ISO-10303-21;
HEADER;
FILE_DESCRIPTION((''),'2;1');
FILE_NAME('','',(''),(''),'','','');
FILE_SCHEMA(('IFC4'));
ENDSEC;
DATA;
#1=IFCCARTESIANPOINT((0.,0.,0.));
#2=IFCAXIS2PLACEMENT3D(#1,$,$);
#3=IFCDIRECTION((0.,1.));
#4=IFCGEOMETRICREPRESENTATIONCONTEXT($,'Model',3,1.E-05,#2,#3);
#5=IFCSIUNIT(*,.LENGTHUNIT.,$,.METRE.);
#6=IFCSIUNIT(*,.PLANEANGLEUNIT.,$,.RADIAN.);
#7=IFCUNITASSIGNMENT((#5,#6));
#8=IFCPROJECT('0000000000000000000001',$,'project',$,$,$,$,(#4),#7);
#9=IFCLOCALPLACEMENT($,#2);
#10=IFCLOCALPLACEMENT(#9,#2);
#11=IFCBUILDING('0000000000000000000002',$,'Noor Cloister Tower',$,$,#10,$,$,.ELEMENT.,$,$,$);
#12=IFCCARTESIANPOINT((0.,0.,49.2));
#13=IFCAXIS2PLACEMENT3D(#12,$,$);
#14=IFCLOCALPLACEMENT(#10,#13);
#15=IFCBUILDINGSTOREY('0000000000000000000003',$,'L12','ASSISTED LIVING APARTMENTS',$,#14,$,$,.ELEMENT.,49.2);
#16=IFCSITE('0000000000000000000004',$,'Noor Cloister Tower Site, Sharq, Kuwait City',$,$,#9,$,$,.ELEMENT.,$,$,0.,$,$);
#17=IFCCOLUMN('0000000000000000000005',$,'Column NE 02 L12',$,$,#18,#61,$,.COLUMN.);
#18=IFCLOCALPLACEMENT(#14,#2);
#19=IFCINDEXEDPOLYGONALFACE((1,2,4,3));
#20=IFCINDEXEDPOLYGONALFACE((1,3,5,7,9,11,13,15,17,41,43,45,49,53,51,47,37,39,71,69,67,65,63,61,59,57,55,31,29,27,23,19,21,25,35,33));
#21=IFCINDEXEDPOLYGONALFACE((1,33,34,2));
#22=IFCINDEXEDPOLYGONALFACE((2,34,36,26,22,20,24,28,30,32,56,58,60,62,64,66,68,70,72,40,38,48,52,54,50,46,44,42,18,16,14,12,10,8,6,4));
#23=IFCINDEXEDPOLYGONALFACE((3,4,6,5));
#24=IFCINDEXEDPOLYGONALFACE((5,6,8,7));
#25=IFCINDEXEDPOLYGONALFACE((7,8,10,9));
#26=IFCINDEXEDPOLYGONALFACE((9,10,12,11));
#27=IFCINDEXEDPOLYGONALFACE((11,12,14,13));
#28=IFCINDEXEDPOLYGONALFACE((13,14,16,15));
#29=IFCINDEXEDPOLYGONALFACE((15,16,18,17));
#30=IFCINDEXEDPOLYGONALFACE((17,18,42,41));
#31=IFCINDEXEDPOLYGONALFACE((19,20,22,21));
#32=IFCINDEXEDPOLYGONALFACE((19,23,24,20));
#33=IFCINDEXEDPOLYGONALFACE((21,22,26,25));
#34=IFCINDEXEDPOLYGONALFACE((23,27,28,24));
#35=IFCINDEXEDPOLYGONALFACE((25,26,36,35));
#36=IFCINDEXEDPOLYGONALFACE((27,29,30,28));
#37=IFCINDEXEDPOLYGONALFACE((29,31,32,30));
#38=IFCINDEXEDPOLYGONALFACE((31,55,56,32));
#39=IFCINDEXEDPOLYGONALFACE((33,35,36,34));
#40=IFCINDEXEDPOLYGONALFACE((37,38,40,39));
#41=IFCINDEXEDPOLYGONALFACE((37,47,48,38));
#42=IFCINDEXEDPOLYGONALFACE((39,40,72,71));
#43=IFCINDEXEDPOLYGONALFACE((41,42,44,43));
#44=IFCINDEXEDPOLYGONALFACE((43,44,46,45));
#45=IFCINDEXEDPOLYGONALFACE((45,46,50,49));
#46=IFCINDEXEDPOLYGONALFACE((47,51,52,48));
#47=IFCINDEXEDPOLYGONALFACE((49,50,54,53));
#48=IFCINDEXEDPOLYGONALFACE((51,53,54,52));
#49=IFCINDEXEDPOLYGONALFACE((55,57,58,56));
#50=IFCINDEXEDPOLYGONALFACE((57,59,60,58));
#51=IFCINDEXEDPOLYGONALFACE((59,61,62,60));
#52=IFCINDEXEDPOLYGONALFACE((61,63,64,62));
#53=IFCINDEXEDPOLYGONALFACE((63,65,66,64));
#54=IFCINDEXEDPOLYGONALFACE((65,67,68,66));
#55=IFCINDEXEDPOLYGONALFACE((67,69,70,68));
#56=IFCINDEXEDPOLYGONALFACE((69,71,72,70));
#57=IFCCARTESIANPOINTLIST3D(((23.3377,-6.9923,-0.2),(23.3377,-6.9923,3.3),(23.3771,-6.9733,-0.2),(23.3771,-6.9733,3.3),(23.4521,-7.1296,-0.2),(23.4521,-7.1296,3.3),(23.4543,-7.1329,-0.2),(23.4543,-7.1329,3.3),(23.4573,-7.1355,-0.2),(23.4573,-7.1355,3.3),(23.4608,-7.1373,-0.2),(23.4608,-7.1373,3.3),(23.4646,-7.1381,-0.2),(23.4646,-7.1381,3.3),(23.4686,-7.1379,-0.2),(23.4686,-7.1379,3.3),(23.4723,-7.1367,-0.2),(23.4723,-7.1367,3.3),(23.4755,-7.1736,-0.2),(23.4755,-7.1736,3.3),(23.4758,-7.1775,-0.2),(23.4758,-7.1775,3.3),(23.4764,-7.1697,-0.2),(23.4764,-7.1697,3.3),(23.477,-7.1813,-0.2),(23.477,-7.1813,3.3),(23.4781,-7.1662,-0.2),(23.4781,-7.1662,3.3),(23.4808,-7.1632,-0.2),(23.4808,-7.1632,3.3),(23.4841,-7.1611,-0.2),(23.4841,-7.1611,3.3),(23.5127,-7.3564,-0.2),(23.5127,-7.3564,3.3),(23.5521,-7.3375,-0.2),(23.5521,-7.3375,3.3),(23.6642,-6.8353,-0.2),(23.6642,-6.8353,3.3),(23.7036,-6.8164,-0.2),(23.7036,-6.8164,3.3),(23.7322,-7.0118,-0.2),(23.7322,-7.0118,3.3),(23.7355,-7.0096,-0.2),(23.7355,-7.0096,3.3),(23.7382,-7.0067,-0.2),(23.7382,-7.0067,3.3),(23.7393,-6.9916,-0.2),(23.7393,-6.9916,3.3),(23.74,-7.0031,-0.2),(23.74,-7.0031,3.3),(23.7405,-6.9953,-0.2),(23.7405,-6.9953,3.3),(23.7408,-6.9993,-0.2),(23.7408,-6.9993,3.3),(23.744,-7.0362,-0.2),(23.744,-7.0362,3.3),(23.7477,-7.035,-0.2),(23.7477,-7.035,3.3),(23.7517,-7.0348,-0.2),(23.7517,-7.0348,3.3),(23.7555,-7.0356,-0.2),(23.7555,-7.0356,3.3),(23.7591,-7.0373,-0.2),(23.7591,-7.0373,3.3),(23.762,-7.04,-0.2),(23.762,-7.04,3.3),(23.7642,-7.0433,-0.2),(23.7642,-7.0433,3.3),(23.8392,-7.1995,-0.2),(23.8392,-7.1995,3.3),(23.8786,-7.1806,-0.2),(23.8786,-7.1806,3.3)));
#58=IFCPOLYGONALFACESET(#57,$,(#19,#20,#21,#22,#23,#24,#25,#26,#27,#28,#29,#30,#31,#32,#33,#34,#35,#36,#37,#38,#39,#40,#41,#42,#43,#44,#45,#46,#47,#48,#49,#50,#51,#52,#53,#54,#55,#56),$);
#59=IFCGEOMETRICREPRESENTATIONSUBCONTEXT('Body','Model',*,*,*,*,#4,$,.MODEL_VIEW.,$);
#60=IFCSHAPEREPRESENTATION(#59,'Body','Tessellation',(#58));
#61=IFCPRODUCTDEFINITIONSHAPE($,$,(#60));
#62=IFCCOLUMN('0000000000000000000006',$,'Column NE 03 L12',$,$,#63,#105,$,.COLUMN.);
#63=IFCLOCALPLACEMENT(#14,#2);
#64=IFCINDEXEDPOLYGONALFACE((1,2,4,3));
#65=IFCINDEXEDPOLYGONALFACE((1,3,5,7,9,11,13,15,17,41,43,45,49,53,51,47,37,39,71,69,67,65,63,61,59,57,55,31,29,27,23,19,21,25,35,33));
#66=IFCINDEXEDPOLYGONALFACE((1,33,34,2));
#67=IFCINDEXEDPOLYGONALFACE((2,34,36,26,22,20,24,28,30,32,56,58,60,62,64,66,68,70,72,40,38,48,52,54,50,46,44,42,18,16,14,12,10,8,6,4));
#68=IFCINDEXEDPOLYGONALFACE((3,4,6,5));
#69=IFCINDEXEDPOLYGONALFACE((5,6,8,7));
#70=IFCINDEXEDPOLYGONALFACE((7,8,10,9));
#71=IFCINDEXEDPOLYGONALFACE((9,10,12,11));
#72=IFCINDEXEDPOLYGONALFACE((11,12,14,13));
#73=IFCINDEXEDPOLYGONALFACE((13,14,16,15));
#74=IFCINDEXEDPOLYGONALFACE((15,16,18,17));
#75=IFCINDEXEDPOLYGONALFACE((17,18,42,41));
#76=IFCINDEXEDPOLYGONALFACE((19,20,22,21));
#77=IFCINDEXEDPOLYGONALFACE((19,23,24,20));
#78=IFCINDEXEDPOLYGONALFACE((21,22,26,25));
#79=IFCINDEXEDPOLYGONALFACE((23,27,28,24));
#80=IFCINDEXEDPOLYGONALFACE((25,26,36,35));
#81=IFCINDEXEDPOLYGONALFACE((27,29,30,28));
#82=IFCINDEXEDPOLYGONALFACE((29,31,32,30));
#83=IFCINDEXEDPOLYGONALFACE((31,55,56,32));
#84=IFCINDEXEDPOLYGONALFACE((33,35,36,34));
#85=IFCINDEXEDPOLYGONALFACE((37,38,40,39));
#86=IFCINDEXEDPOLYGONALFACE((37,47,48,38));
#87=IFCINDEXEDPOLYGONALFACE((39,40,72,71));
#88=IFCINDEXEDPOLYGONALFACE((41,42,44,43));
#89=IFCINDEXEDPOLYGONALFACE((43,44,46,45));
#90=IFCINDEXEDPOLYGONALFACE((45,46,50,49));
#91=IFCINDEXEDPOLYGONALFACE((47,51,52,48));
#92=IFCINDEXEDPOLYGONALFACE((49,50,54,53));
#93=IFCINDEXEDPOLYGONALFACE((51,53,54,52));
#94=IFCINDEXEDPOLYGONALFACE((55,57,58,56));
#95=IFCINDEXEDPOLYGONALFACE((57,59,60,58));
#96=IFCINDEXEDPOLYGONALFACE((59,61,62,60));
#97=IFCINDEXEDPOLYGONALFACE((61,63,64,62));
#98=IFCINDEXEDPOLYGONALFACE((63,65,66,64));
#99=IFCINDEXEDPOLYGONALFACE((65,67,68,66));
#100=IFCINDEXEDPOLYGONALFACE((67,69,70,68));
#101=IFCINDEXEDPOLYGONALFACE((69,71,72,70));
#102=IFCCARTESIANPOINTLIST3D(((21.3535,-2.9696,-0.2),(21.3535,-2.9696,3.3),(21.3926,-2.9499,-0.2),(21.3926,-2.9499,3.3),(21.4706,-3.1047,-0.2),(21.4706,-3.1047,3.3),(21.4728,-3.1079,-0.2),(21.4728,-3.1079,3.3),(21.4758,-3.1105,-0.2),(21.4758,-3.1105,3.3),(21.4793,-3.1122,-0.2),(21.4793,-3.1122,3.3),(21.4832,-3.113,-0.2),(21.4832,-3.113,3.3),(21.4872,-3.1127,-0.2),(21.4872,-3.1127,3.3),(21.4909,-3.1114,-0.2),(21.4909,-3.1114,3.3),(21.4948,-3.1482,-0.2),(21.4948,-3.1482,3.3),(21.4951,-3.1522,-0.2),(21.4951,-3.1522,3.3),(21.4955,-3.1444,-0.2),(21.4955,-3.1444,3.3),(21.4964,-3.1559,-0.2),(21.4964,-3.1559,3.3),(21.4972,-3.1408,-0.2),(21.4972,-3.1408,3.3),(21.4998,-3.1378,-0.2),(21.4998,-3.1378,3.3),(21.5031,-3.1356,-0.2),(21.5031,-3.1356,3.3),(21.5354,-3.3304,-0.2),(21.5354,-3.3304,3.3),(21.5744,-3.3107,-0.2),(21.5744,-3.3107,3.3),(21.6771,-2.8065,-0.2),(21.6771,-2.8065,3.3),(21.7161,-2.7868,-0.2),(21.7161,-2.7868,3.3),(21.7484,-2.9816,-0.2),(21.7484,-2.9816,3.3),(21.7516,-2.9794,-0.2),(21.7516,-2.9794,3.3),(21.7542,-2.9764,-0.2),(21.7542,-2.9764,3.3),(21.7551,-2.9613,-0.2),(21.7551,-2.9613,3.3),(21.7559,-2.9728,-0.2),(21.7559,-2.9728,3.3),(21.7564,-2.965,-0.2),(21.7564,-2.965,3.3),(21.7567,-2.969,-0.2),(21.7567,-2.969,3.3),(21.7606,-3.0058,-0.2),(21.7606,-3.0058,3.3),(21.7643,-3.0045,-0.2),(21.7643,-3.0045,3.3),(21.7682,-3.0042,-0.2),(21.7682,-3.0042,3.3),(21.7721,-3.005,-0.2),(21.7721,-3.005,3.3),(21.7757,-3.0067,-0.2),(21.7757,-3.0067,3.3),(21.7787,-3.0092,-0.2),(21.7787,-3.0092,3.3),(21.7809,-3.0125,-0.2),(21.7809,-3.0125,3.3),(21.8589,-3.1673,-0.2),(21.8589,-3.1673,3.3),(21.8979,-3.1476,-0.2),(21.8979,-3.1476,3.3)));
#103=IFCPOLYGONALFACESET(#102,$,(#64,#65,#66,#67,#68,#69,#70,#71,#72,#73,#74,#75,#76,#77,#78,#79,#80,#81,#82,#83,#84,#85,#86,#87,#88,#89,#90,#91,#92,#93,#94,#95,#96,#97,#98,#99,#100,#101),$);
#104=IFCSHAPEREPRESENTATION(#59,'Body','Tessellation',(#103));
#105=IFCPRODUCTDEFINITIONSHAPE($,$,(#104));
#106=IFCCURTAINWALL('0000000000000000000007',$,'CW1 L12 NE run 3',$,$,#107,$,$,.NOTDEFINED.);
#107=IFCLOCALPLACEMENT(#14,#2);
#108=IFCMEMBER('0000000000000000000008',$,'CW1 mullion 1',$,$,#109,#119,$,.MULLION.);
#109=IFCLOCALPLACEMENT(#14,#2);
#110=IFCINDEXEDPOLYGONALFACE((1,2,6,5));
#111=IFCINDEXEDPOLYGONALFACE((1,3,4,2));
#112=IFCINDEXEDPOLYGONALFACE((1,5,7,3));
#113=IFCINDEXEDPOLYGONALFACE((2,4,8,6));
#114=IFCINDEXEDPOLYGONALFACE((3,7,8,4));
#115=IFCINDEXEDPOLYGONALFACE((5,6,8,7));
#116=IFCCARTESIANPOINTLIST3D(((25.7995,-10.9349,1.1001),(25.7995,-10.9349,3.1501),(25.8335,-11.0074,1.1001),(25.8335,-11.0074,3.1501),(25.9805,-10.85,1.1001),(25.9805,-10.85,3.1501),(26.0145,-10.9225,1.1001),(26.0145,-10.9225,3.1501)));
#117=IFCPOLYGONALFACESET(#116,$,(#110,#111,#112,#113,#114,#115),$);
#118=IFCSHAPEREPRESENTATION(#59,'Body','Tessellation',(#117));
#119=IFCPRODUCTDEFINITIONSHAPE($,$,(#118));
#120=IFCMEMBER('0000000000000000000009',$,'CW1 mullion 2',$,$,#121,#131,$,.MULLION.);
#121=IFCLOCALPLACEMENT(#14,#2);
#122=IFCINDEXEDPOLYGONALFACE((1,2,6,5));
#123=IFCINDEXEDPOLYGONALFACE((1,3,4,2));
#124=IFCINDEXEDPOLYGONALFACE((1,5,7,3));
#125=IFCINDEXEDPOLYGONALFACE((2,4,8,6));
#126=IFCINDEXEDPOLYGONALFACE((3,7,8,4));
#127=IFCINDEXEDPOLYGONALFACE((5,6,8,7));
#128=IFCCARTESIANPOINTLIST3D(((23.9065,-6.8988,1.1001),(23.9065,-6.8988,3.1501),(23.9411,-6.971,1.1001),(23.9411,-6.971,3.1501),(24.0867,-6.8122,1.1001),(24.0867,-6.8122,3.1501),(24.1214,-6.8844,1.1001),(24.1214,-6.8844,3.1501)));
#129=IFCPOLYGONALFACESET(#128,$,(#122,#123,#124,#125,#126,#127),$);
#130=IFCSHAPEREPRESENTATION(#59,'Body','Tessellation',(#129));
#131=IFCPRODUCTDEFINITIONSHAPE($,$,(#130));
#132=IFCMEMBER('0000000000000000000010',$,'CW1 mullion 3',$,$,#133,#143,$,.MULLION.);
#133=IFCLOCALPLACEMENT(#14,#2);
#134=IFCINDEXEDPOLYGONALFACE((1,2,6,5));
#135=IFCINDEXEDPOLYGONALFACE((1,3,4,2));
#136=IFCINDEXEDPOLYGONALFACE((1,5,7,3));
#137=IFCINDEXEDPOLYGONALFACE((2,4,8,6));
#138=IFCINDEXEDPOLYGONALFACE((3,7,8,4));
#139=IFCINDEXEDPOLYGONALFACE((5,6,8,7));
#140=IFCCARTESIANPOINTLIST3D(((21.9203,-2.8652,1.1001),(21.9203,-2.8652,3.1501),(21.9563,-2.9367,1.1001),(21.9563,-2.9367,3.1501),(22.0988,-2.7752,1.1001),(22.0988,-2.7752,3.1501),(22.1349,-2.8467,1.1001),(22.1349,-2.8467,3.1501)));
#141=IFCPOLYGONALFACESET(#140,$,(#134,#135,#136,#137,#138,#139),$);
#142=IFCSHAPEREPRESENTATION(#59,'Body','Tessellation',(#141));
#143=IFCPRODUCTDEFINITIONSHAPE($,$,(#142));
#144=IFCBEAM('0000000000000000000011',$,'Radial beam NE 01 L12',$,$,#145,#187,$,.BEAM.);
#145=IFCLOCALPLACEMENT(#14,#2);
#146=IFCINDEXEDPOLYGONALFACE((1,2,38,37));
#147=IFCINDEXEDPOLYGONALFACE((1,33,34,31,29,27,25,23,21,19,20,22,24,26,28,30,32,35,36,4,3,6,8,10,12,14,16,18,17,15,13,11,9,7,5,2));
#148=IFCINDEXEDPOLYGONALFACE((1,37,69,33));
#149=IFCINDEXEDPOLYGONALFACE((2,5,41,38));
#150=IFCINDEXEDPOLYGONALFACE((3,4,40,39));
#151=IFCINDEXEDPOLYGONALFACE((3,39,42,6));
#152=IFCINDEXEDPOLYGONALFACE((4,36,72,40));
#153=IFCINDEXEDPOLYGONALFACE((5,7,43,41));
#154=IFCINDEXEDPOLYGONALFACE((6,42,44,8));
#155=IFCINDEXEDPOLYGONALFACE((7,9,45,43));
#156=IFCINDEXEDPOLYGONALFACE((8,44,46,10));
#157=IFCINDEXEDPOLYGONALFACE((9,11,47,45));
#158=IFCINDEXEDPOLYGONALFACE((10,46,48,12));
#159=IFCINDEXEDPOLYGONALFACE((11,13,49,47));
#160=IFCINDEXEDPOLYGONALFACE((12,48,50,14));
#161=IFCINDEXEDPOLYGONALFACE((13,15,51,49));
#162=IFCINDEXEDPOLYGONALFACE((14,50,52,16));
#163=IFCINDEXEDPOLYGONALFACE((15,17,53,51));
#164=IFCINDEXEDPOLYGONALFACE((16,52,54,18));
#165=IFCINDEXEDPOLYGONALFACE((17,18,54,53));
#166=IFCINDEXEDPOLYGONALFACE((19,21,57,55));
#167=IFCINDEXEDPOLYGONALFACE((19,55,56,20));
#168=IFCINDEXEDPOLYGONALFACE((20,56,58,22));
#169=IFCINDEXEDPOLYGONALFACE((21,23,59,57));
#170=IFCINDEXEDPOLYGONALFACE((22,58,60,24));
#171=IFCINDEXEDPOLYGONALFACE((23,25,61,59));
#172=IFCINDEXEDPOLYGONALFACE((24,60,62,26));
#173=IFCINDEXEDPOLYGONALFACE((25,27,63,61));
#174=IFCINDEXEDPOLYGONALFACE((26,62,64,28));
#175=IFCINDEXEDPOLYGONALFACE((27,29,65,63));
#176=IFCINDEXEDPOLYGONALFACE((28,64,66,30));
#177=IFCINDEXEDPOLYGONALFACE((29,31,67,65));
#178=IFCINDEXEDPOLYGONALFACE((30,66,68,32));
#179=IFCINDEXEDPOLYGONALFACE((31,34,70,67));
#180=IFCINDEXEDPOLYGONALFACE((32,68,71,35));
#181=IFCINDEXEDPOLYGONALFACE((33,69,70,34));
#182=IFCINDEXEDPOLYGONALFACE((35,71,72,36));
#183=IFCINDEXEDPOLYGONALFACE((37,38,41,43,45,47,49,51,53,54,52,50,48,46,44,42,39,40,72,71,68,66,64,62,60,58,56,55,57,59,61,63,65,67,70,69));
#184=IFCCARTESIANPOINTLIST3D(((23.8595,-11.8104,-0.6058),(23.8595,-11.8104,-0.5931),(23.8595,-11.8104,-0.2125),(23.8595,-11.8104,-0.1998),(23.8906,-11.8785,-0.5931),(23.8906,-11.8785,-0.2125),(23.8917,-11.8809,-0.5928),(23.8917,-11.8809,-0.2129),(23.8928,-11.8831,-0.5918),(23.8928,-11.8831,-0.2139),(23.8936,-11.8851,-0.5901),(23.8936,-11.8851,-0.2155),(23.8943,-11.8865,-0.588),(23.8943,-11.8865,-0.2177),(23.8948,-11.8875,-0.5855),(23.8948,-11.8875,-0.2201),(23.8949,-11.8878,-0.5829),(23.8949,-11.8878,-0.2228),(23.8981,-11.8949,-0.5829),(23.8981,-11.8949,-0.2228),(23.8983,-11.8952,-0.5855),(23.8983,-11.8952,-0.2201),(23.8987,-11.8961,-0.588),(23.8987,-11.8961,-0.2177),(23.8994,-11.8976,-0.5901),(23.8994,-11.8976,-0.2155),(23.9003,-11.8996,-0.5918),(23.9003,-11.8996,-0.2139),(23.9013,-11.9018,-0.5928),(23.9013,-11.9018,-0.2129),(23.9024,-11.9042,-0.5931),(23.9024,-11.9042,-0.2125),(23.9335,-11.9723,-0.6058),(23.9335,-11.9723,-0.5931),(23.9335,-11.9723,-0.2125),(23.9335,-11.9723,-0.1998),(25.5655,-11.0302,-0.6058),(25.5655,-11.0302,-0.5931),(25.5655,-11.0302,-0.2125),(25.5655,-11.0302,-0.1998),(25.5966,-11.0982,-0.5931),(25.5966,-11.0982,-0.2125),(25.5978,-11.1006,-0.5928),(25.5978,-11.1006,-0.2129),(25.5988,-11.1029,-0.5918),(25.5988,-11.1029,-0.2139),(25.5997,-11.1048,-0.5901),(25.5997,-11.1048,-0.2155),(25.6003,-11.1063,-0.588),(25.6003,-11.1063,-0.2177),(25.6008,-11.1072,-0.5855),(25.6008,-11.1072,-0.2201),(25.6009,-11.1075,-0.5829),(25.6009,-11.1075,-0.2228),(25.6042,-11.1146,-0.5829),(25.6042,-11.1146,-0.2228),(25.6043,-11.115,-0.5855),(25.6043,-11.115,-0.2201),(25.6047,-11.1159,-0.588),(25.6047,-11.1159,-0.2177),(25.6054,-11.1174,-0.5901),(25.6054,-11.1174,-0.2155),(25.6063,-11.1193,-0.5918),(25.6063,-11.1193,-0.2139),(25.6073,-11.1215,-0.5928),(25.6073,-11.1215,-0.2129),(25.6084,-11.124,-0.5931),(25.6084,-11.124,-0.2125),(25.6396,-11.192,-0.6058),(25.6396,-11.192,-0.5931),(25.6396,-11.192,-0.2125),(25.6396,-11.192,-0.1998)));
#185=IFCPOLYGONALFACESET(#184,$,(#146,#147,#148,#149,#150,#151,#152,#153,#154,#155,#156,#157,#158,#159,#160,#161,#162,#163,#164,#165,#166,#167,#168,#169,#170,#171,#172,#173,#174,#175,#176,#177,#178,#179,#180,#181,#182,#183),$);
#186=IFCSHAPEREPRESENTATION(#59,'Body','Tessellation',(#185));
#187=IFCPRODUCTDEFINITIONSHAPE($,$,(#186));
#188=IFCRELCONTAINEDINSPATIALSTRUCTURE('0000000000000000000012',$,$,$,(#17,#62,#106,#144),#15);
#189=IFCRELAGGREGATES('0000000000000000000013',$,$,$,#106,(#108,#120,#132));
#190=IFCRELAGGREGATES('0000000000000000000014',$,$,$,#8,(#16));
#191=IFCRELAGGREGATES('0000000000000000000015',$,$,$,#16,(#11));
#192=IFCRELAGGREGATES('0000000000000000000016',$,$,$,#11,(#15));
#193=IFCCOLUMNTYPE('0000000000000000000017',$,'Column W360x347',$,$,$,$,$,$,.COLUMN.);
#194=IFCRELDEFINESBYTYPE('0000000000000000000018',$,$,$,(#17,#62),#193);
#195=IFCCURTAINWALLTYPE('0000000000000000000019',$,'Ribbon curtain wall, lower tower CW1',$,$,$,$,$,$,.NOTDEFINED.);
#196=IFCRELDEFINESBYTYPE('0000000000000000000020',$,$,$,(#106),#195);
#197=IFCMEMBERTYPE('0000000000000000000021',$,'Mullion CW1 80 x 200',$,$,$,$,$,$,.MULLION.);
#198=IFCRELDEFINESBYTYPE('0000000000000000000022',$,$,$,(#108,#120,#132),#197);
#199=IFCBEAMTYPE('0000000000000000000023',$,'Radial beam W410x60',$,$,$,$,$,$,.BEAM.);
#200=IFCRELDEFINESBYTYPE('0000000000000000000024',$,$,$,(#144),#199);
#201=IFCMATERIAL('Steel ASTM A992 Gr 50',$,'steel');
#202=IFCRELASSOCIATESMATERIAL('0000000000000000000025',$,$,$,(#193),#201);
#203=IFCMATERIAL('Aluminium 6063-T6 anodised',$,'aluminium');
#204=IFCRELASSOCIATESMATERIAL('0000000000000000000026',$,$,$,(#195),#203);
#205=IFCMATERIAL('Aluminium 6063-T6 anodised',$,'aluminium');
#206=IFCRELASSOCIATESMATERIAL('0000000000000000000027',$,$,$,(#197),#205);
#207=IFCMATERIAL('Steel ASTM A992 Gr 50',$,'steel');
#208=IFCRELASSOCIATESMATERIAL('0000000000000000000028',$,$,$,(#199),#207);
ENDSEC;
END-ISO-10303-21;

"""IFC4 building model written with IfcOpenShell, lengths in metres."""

from ifc_helpers import new_model, si_unit, direction, frame, origin, origin_2d, place, context, subcontext, project, spatial, rectangle, i_section, extrude, material, material_profile, profile_set, type_object, element, aggregate, save


model = new_model("IFC4")

# Units and contexts
model_context = context("Model", 3, precision=1e-05, world=origin(), true_north=direction((0.0, 1.0)))
body_context = subcontext(model_context, "Body", "Model", "MODEL_VIEW")
ifc_project = project(units=[si_unit("LENGTHUNIT", "METRE"), si_unit("PLANEANGLEUNIT", "RADIAN")], contexts=[model_context])

# Site, building, storey
site_placement = place(None, origin())
site = spatial("IfcSite", under=ifc_project, at=site_placement, Name="Noor Cloister Tower Site, Sharq, Kuwait City", CompositionType="ELEMENT", RefElevation=0.0)
building_placement = place(site_placement, origin())
building = spatial("IfcBuilding", under=site, at=building_placement, Name="Noor Cloister Tower", CompositionType="ELEMENT")
storey_placement = place(building_placement, frame((0.0, 0.0, 49.2)))
storey = spatial("IfcBuildingStorey", under=building, at=storey_placement, Name="L12", Description="ASSISTED LIVING APARTMENTS", CompositionType="ELEMENT", Elevation=49.2)

# Columns
ifc_material_1 = material(Name="Steel ASTM A992 Gr 50", Category="steel")
ifc_material_profile_1 = material_profile(ifc_material_1, i_section(OverallWidth=0.4041, OverallDepth=0.406, WebThickness=0.0271, FlangeThickness=0.0437, FilletRadius=0.0151, at=origin_2d()), Name="W360x347")
ifc_profile_set_1 = profile_set([ifc_material_profile_1], Name="Steel ASTM A992 Gr 50")
column_type = type_object("IfcColumnType", Name="Column W360x347", PredefinedType="COLUMN", material=ifc_profile_set_1)
for number, where, z_axis, x_axis, name in (
    (1, (23.6082, -7.0864, -0.2), (0.0, 0.0, 1.0), (-0.433105, 0.901343, 0.0), "Column NE 02 L12"),
    (2, (21.6257, -3.0586, -0.2), (0.0, 0.0, 1.0), (-0.450077, 0.89299, 0.0), "Column NE 03 L12"),
):
    element("IfcColumn", number, at=place(storey_placement, frame(where, z_axis=z_axis, x_axis=x_axis)), inside=storey, type_object=column_type, Name=name, PredefinedType="COLUMN", context=body_context, shape_type="SweptSolid", body=[
        extrude(i_section(OverallWidth=0.4041, OverallDepth=0.406, WebThickness=0.0271, FlangeThickness=0.0437, FilletRadius=0.0151, at=origin_2d()), origin(), (0.0, 0.0, 1.0), 3.5),
    ])

# Curtain wall, members
ifc_material_2 = material(Name="Aluminium 6063-T6 anodised", Category="aluminium")
curtain_wall_type = type_object("IfcCurtainWallType", Name="Ribbon curtain wall, lower tower CW1", PredefinedType="NOTDEFINED", material=ifc_material_2)
curtain_wall_placement = place(storey_placement, origin())
curtain_wall = element("IfcCurtainWall", 3, at=curtain_wall_placement, inside=storey, type_object=curtain_wall_type, Name="CW1 L12 NE run 3", PredefinedType="NOTDEFINED")
ifc_material_3 = material(Name="Aluminium 6063-T6 anodised", Category="aluminium")
ifc_material_profile_2 = material_profile(ifc_material_3, rectangle(XDim=0.2, YDim=0.0801, at=origin_2d()), Name="200 x 80 mullion")
ifc_profile_set_2 = profile_set([ifc_material_profile_2], Name="Aluminium 6063-T6 anodised")
member_type = type_object("IfcMemberType", Name="Mullion CW1 80 x 200", PredefinedType="MULLION", material=ifc_profile_set_2)
member_1_placement = place(storey_placement, frame((25.907, -10.9287, 1.1001), z_axis=(0.0, 0.0, 1.0), x_axis=(-0.905399, -0.424561, 0.0)))
member_1 = element("IfcMember", 4, at=member_1_placement, type_object=member_type, Name="CW1 mullion 1", PredefinedType="MULLION", context=body_context, shape_type="SweptSolid", body=[
    extrude(rectangle(XDim=0.2, YDim=0.0801, at=origin_2d()), origin(), (0.0, 0.0, 1.0), 2.05),
])
member_2_placement = place(storey_placement, frame((24.0139, -6.8916, 1.1001), z_axis=(0.0, 0.0, 1.0), x_axis=(-0.901343, -0.433105, 0.0)))
member_2 = element("IfcMember", 5, at=member_2_placement, type_object=member_type, Name="CW1 mullion 2", PredefinedType="MULLION", context=body_context, shape_type="SweptSolid", body=[
    extrude(rectangle(XDim=0.2, YDim=0.0801, at=origin_2d()), origin(), (0.0, 0.0, 1.0), 2.05),
])
member_3_placement = place(storey_placement, frame((22.0276, -2.856, 1.1001), z_axis=(0.0, 0.0, 1.0), x_axis=(-0.89299, -0.450077, 0.0)))
member_3 = element("IfcMember", 6, at=member_3_placement, type_object=member_type, Name="CW1 mullion 3", PredefinedType="MULLION", context=body_context, shape_type="SweptSolid", body=[
    extrude(rectangle(XDim=0.2, YDim=0.0801, at=origin_2d()), origin(), (0.0, 0.0, 1.0), 2.05),
])

# Beam
ifc_material_4 = material(Name="Steel ASTM A992 Gr 50", Category="steel")
ifc_material_profile_3 = material_profile(ifc_material_4, i_section(OverallWidth=0.178, OverallDepth=0.406, WebThickness=0.0078, FlangeThickness=0.0127, FilletRadius=0.0103, at=origin_2d()), Name="W410x60")
ifc_profile_set_3 = profile_set([ifc_material_profile_3], Name="Steel ASTM A992 Gr 50")
beam_type_1 = type_object("IfcBeamType", Name="Radial beam W410x60", PredefinedType="BEAM", material=ifc_profile_set_3)
beam_1_placement = place(storey_placement, frame((25.6025, -11.1111, -0.4028), z_axis=(-0.909401, -0.41592, 0.0), x_axis=(0.41592, -0.909401, 0.0)))
element("IfcBeam", 7, at=beam_1_placement, inside=storey, type_object=beam_type_1, Name="Radial beam NE 01 L12", PredefinedType="BEAM", context=body_context, shape_type="SweptSolid", body=[
    extrude(i_section(OverallWidth=0.178, OverallDepth=0.406, WebThickness=0.0078, FlangeThickness=0.0127, FilletRadius=0.0103, at=origin_2d()), origin(), (0.0, 0.0, 1.0), 1.876),
])

aggregate(curtain_wall, [member_1, member_2, member_3])

save(model, "model.ifc")
